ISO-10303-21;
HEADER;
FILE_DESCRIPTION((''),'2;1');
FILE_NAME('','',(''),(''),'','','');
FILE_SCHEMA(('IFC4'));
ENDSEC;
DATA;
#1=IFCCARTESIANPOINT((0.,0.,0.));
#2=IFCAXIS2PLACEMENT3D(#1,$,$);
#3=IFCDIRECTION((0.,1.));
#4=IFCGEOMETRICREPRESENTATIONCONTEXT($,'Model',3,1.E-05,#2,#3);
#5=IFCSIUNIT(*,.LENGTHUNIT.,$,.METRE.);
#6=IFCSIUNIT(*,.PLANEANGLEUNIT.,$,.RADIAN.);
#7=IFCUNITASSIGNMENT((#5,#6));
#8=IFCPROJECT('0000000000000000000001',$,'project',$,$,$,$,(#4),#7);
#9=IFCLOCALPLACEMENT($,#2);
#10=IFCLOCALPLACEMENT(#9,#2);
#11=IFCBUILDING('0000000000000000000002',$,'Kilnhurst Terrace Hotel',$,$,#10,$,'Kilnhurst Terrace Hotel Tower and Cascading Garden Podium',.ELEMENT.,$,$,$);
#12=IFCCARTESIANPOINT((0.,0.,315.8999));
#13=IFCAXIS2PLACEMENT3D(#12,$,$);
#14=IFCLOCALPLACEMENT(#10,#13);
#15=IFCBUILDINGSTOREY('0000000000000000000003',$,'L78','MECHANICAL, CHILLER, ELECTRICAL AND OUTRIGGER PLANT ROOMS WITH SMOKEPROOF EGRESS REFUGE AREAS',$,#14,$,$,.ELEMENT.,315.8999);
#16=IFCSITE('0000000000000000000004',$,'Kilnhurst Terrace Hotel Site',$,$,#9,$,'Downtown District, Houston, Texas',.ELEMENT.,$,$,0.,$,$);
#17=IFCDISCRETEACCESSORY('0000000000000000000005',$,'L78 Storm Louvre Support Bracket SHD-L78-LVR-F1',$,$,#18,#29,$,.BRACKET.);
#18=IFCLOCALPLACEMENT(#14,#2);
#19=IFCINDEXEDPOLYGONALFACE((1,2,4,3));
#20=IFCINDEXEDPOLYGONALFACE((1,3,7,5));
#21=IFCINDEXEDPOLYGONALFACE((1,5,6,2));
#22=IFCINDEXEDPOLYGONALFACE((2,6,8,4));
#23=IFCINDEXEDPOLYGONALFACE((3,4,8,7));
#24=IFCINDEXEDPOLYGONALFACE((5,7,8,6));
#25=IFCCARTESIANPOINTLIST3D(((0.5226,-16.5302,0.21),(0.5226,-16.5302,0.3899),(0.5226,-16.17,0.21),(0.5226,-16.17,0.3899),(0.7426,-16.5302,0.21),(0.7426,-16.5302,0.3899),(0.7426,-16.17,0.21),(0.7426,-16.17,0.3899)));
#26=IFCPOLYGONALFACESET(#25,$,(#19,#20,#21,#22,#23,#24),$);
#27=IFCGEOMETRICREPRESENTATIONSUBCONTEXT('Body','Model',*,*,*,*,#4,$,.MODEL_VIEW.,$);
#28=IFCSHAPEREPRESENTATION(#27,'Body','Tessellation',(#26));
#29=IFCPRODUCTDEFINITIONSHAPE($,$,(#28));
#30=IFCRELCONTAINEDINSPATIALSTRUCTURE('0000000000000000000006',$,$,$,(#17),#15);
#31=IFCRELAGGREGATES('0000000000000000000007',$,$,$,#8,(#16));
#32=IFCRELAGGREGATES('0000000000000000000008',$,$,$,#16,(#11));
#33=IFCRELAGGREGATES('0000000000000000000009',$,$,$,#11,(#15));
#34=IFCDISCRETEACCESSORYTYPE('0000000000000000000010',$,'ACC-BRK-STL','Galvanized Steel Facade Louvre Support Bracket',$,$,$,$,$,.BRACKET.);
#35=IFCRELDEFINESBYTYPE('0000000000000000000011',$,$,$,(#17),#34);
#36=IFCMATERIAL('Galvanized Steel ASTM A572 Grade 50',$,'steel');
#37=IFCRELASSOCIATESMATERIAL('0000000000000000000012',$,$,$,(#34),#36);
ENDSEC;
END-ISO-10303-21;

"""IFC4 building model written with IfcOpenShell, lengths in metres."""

from ifc_helpers import new_model, si_unit, direction, frame, origin, origin_2d, place, context, subcontext, project, spatial, rectangle, extrude, material, type_object, element, save


model = new_model("IFC4")

# Units and contexts
model_context = context("Model", 3, precision=1e-05, world=origin(), true_north=direction((0.0, 1.0)))
body_context = subcontext(model_context, "Body", "Model", "MODEL_VIEW")
ifc_project = project(units=[si_unit("LENGTHUNIT", "METRE"), si_unit("PLANEANGLEUNIT", "RADIAN")], contexts=[model_context])

# Site, building, storey
site_placement = place(None, origin())
site = spatial("IfcSite", under=ifc_project, at=site_placement, Name="Kilnhurst Terrace Hotel Site", LongName="Downtown District, Houston, Texas", CompositionType="ELEMENT", RefElevation=0.0)
building_placement = place(site_placement, origin())
building = spatial("IfcBuilding", under=site, at=building_placement, Name="Kilnhurst Terrace Hotel", LongName="Kilnhurst Terrace Hotel Tower and Cascading Garden Podium", CompositionType="ELEMENT")
storey_placement = place(building_placement, frame((0.0, 0.0, 315.8999)))
storey = spatial("IfcBuildingStorey", under=building, at=storey_placement, Name="L78", Description="MECHANICAL, CHILLER, ELECTRICAL AND OUTRIGGER PLANT ROOMS WITH SMOKEPROOF EGRESS REFUGE AREAS", CompositionType="ELEMENT", Elevation=315.8999)

# Discrete accessory
ifc_material_1 = material(Name="Galvanized Steel ASTM A572 Grade 50", Category="steel")
discrete_accessory_type = type_object("IfcDiscreteAccessoryType", Name="ACC-BRK-STL", Description="Galvanized Steel Facade Louvre Support Bracket", PredefinedType="BRACKET", material=ifc_material_1)
discrete_accessory_placement = place(storey_placement, frame((0.6326, -16.3501, 0.21), z_axis=(0.0, 0.0, 1.0), x_axis=(1.0, 0.0, 0.0)))
element("IfcDiscreteAccessory", 1, at=discrete_accessory_placement, inside=storey, type_object=discrete_accessory_type, Name="L78 Storm Louvre Support Bracket SHD-L78-LVR-F1", PredefinedType="BRACKET", context=body_context, shape_type="SweptSolid", body=[
    extrude(rectangle(XDim=0.22, YDim=0.3601, at=origin_2d()), origin(), (0.0, 0.0, 1.0), 0.1799),
])

save(model, "model.ifc")
